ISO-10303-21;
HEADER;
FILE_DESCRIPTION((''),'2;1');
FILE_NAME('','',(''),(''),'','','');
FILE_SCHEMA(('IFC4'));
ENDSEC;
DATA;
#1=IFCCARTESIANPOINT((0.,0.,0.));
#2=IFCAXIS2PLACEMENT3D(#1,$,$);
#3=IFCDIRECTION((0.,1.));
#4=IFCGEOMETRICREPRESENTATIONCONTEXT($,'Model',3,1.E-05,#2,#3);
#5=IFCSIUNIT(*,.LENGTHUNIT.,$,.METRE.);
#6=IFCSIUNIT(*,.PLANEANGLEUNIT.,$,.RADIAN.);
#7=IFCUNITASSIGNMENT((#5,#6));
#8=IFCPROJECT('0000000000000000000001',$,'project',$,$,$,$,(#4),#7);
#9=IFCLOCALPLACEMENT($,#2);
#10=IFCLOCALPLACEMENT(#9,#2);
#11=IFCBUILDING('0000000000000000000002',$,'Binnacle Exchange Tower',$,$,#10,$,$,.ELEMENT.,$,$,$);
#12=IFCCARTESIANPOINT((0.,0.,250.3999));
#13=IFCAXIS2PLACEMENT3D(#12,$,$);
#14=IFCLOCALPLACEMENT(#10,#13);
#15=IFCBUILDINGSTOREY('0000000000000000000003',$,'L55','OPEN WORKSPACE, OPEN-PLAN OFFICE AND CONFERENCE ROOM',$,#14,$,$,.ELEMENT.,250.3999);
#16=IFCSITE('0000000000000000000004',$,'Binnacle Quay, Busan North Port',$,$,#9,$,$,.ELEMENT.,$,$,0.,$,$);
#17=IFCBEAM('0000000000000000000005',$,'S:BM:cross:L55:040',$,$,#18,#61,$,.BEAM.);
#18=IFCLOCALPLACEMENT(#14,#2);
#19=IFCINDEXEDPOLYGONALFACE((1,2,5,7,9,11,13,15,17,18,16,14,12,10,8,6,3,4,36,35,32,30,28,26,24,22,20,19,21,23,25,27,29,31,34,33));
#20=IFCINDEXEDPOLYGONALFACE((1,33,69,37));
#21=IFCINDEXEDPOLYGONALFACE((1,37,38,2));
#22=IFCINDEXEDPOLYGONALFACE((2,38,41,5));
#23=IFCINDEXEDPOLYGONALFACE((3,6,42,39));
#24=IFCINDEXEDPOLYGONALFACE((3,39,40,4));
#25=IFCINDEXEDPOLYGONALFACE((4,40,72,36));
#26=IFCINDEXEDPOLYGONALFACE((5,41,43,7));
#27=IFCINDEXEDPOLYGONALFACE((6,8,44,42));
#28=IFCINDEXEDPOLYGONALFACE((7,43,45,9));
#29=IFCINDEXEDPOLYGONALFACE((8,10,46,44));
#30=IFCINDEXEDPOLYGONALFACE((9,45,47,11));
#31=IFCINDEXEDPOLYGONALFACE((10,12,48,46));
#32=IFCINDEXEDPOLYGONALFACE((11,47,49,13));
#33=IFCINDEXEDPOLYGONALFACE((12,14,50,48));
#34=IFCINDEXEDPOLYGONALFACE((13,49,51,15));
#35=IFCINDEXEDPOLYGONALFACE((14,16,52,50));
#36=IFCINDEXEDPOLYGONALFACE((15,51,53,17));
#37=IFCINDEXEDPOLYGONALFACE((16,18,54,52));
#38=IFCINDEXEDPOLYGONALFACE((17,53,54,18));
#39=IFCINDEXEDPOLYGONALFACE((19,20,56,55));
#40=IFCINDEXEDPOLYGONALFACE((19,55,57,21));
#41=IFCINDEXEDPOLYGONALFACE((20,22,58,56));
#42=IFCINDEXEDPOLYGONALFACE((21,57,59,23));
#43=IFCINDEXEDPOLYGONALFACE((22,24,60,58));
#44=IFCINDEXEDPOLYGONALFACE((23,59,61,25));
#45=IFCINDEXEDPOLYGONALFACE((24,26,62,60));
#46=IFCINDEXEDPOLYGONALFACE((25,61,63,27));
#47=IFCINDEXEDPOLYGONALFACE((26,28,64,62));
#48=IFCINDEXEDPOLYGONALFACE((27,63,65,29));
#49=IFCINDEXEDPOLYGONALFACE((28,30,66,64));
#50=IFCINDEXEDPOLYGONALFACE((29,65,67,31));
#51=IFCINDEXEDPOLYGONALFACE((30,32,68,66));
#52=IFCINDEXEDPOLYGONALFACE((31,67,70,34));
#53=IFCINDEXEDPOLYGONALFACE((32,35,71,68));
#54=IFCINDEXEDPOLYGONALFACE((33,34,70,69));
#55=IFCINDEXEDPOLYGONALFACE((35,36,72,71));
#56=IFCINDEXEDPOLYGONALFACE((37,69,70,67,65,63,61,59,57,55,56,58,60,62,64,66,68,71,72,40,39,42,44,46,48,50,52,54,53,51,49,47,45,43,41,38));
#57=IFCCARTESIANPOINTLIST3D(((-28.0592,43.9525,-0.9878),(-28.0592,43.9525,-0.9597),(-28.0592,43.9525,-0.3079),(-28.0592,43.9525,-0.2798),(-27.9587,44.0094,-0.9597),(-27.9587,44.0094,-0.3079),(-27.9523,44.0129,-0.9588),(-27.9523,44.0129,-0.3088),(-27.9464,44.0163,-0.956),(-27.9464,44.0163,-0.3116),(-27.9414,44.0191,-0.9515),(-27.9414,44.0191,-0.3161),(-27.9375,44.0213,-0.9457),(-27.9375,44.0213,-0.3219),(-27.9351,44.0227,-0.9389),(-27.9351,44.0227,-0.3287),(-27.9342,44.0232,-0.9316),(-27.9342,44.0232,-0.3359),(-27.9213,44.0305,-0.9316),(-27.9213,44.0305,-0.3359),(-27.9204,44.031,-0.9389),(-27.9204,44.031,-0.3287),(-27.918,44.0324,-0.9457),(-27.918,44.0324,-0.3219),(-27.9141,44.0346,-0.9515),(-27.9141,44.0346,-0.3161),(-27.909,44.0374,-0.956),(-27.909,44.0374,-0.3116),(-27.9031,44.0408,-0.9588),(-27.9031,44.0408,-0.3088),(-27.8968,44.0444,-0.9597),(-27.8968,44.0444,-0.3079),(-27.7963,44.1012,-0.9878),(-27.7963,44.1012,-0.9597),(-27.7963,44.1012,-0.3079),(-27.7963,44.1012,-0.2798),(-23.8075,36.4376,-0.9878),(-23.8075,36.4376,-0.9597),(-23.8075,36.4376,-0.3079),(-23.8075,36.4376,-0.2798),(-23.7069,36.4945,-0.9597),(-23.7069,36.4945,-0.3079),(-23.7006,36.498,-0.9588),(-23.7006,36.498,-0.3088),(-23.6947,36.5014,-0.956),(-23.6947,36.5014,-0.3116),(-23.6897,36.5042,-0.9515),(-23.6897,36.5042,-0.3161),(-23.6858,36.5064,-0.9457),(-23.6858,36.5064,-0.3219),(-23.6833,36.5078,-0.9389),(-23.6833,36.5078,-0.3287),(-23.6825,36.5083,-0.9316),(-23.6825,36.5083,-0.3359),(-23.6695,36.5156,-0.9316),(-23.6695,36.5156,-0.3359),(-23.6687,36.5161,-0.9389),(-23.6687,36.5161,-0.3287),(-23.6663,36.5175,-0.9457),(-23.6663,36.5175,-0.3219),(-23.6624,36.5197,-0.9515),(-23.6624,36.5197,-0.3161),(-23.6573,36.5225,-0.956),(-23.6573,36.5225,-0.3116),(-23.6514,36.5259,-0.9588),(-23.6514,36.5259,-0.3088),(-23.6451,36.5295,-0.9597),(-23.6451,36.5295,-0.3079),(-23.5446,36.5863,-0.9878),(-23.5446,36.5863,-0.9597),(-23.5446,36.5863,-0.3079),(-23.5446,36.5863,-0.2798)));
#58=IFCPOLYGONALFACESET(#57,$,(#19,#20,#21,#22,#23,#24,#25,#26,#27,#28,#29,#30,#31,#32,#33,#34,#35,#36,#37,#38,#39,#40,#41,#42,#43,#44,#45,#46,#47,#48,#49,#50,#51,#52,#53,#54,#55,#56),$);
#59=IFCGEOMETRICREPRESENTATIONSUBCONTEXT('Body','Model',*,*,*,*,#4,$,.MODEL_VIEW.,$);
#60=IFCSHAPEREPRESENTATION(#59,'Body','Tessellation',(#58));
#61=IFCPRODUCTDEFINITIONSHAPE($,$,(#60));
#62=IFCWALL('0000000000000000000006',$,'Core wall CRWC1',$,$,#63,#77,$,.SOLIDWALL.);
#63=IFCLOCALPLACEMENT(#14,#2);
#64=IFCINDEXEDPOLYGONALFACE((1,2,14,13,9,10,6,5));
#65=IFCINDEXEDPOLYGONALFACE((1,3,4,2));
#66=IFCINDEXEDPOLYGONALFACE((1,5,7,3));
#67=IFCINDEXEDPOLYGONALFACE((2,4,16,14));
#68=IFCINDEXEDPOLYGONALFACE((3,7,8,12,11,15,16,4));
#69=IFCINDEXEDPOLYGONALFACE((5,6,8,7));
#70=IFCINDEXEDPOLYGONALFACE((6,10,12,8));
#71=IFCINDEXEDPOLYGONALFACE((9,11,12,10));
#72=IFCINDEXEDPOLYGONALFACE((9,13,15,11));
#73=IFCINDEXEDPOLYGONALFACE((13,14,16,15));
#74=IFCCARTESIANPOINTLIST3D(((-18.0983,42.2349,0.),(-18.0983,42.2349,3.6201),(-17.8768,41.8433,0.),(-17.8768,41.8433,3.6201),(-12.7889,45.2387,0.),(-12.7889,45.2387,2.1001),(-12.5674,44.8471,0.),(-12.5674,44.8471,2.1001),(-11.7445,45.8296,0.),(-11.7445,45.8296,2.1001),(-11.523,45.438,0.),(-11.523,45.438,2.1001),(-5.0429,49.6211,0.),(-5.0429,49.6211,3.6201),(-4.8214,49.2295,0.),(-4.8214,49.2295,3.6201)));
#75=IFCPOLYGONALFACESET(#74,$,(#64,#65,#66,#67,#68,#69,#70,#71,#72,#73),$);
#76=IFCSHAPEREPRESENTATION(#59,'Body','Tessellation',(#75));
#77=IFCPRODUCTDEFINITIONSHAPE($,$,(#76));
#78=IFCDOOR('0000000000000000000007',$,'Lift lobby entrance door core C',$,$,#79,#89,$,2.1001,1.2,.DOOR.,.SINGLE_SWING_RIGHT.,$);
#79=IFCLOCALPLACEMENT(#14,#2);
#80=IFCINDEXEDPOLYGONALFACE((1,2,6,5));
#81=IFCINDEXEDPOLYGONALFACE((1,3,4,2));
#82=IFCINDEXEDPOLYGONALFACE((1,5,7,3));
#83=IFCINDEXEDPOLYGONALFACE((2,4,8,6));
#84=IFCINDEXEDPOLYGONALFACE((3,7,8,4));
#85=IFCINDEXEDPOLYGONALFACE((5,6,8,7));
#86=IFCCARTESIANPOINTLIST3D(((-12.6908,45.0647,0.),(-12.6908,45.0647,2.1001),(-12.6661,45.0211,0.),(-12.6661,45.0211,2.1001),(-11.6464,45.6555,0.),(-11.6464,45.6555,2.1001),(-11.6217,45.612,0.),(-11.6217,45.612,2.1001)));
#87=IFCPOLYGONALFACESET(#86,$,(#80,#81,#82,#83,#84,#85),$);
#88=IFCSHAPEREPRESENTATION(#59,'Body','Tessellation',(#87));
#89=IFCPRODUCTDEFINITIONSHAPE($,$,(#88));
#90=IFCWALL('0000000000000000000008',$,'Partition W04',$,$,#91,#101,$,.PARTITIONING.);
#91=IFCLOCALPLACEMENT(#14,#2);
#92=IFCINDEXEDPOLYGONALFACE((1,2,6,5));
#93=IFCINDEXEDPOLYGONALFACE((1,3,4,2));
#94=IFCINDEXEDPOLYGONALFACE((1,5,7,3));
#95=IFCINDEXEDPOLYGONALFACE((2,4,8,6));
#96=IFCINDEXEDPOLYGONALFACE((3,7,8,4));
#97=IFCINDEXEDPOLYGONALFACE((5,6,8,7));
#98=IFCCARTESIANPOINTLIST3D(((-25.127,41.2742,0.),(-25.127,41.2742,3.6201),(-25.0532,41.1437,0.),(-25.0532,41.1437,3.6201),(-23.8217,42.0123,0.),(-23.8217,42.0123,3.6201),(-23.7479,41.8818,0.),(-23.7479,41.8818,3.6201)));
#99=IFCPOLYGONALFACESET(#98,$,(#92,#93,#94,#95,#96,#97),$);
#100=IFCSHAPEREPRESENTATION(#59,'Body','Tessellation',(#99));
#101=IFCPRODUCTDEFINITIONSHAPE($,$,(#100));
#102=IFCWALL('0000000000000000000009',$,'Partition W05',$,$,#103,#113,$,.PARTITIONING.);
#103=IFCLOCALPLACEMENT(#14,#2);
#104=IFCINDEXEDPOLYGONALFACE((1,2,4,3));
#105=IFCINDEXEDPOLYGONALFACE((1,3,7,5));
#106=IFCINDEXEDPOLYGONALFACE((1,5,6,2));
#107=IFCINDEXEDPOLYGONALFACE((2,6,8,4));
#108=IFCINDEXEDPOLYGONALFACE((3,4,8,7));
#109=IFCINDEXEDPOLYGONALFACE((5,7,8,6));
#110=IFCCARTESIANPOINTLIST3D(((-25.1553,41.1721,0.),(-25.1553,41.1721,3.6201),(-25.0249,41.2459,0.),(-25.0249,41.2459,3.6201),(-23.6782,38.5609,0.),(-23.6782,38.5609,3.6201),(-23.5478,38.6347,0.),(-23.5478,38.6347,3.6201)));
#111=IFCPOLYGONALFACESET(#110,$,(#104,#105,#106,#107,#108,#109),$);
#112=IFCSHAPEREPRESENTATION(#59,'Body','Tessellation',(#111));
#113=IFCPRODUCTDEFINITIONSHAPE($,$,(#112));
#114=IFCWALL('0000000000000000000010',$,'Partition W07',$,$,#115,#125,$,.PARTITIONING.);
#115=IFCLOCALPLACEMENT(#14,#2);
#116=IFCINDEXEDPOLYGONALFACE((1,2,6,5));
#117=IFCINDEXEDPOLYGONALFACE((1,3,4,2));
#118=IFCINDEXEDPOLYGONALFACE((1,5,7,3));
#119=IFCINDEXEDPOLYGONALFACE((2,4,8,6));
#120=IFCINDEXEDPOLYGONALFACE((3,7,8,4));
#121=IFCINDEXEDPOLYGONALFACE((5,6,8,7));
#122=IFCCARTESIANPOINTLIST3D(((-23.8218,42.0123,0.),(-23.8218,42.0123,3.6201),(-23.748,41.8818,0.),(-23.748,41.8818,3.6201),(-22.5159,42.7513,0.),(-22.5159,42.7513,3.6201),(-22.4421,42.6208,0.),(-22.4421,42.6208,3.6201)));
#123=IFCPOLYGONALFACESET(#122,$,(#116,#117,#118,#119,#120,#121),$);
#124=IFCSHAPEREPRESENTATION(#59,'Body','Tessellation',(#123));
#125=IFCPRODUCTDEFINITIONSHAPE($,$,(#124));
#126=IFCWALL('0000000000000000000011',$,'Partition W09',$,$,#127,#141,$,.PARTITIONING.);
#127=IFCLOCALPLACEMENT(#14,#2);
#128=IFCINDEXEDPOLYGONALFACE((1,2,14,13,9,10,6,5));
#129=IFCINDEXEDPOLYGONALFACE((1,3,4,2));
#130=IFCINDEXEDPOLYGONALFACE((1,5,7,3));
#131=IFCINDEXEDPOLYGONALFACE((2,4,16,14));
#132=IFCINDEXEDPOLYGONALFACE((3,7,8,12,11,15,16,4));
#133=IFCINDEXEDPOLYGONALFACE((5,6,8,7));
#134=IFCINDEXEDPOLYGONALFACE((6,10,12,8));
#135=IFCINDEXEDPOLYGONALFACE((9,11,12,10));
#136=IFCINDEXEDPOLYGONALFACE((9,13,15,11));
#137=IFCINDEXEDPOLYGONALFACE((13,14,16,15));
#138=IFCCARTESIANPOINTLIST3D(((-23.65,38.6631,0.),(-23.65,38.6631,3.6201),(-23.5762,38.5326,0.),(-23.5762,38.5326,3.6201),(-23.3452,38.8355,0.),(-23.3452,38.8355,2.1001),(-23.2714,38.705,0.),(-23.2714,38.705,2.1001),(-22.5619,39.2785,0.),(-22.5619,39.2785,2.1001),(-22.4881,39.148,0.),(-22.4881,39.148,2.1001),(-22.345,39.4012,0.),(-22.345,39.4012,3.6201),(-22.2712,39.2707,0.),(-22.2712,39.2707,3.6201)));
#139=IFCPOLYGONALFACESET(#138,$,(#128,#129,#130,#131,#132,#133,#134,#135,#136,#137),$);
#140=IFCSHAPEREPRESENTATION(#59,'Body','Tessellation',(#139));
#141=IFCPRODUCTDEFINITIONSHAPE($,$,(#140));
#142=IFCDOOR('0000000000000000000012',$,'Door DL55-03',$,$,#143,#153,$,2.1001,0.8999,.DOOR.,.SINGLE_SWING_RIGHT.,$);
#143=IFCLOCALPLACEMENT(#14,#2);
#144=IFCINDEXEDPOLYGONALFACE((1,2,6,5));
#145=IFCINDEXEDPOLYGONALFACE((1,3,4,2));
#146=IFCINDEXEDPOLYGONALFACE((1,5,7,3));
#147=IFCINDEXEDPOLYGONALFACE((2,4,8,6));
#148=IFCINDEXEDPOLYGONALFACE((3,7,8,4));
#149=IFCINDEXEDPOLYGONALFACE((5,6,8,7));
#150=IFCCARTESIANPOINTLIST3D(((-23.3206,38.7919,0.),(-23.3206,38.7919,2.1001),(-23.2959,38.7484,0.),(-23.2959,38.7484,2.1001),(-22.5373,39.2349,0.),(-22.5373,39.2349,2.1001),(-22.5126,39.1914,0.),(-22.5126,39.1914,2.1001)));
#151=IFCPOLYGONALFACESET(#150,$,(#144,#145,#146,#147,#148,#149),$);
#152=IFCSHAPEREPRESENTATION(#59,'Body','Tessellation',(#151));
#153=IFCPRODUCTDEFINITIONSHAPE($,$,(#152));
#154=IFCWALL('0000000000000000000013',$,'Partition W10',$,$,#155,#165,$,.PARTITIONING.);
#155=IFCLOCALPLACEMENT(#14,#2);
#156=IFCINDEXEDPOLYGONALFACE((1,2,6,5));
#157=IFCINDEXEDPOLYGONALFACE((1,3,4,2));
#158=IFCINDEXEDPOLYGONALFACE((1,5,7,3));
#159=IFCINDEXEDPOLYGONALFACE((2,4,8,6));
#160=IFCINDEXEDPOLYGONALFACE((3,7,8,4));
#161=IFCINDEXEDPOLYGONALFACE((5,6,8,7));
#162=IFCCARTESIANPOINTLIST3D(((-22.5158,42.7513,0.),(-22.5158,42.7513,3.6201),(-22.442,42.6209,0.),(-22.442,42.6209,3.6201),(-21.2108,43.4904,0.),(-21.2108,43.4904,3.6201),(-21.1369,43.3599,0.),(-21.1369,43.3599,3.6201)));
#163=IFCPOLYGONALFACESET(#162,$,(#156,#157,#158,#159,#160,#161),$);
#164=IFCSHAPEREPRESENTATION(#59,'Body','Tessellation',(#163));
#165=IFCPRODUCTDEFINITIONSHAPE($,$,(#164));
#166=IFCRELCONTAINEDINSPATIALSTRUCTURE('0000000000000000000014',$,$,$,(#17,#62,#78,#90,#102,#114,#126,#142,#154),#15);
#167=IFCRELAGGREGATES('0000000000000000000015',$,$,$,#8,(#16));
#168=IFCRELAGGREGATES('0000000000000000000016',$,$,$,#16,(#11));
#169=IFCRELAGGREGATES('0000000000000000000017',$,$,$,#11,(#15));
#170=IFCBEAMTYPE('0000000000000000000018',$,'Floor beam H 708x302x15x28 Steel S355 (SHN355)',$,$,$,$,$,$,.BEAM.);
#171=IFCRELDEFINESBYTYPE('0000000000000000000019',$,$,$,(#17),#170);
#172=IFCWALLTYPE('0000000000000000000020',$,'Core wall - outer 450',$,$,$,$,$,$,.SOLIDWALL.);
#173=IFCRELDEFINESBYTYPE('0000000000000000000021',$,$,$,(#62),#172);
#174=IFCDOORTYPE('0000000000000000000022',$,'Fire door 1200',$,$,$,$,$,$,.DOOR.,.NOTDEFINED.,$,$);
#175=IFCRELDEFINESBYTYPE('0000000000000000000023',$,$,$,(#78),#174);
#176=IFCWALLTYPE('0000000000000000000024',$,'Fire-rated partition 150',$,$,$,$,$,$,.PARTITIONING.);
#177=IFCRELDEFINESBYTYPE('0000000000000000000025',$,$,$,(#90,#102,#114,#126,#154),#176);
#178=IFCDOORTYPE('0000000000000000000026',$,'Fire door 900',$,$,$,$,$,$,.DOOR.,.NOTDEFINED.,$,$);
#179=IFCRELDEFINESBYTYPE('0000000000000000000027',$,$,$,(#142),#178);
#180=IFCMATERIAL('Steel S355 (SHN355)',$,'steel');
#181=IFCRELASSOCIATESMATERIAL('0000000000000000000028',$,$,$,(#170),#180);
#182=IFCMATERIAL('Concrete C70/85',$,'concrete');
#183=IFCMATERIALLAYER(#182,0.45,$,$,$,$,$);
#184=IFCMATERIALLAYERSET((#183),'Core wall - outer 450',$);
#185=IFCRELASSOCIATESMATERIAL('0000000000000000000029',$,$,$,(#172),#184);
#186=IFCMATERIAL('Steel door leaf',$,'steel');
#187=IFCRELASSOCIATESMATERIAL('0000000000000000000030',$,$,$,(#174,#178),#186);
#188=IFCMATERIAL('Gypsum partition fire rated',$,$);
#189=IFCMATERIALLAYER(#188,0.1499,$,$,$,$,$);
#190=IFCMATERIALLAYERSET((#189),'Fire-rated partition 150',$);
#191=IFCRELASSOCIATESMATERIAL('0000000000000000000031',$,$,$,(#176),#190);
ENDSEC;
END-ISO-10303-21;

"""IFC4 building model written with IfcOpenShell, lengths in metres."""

from ifc_helpers import new_model, si_unit, direction, frame, frame_2d, origin, origin_2d, place, context, subcontext, project, spatial, rectangle, i_section, extrude, material, layer, layer_set, material_profile, profile_set, type_object, element, fill, save


model = new_model("IFC4")

# Units and contexts
model_context = context("Model", 3, precision=1e-05, world=origin(), true_north=direction((0.0, 1.0)))
body_context = subcontext(model_context, "Body", "Model", "MODEL_VIEW")
ifc_project = project(units=[si_unit("LENGTHUNIT", "METRE"), si_unit("PLANEANGLEUNIT", "RADIAN")], contexts=[model_context])

# Site, building, storey
site_placement = place(None, origin())
site = spatial("IfcSite", under=ifc_project, at=site_placement, Name="Binnacle Quay, Busan North Port", CompositionType="ELEMENT", RefElevation=0.0)
building_placement = place(site_placement, origin())
building = spatial("IfcBuilding", under=site, at=building_placement, Name="Binnacle Exchange Tower", CompositionType="ELEMENT")
storey_placement = place(building_placement, frame((0.0, 0.0, 250.3999)))
storey = spatial("IfcBuildingStorey", under=building, at=storey_placement, Name="L55", Description="OPEN WORKSPACE, OPEN-PLAN OFFICE AND CONFERENCE ROOM", CompositionType="ELEMENT", Elevation=250.3999)

# Beam
ifc_material_1 = material(Name="Steel S355 (SHN355)", Category="steel")
ifc_material_profile_1 = material_profile(ifc_material_1, i_section(OverallWidth=0.302, OverallDepth=0.708, WebThickness=0.0149, FlangeThickness=0.0281, FilletRadius=0.0281, at=origin_2d()), Name="H 708x302x15x28")
ifc_profile_set_1 = profile_set([ifc_material_profile_1], Name="Steel S355 (SHN355)")
beam_type_1 = type_object("IfcBeamType", Name="Floor beam H 708x302x15x28 Steel S355 (SHN355)", PredefinedType="BEAM", material=ifc_profile_set_1)
beam_1_placement = place(storey_placement, frame((-23.676, 36.512, -0.6338), z_axis=(-0.492422, 0.870356, 0.0), x_axis=(-0.870356, -0.492422, 0.0)))
element("IfcBeam", 1, at=beam_1_placement, inside=storey, type_object=beam_type_1, Name="S:BM:cross:L55:040", PredefinedType="BEAM", context=body_context, shape_type="SweptSolid", body=[
    extrude(i_section(OverallWidth=0.302, OverallDepth=0.708, WebThickness=0.0149, FlangeThickness=0.0281, FilletRadius=0.0281, at=origin_2d()), origin(), (0.0, 0.0, 1.0), 8.6343),
])

# Wall, opening, door
ifc_material_2 = material(Name="Concrete C70/85", Category="concrete")
ifc_layer_1 = layer(ifc_material_2, 0.45)
ifc_layer_set_1 = layer_set([ifc_layer_1], Name="Core wall - outer 450")
wall_type_1 = type_object("IfcWallType", Name="Core wall - outer 450", PredefinedType="SOLIDWALL", material=ifc_layer_set_1)
wall_1_placement = place(storey_placement, frame((-17.9875, 42.0391, 0.0), z_axis=(0.0, 0.0, 1.0), x_axis=(0.870361, 0.492415, 0.0)))
wall_1 = element("IfcWall", 2, at=wall_1_placement, inside=storey, type_object=wall_type_1, Name="Core wall CRWC1", PredefinedType="SOLIDWALL", context=body_context, shape_type="SweptSolid", body=[
    extrude(rectangle(XDim=15.0, YDim=0.45, at=frame_2d((7.5, 0.0))), origin(), (0.0, 0.0, 1.0), 3.6201),
])
opening_1_placement = place(wall_1_placement, frame((6.1001, 0.0, 0.0)))
opening_1 = element("IfcOpeningElement", 3, at=opening_1_placement, cuts=wall_1, PredefinedType="OPENING", context=body_context, shape_type="SweptSolid", body=[
    extrude(rectangle(XDim=1.2, YDim=2.1001, at=frame_2d((0.6001, 1.05))), frame((0.0, 0.2349, 0.0), z_axis=(0.0, -1.0, 0.0), x_axis=(1.0, 0.0, 0.0)), (0.0, 0.0, 1.0), 0.47),
])
ifc_material_3 = material(Name="Steel door leaf", Category="steel")
door_type_1 = type_object("IfcDoorType", Name="Fire door 1200", OperationType="NOTDEFINED", PredefinedType="DOOR", material=ifc_material_3)
door_1_placement = place(opening_1_placement, frame((1.2, 0.0, 0.0), z_axis=(0.0, 0.0, 1.0), x_axis=(-1.0, 0.0, 0.0)))
door_1 = element("IfcDoor", 4, at=door_1_placement, inside=storey, type_object=door_type_1, Name="Lift lobby entrance door core C", OperationType="SINGLE_SWING_RIGHT", OverallHeight=2.1001, OverallWidth=1.2, PredefinedType="DOOR", context=body_context, shape_type="SweptSolid", body=[
    extrude(rectangle(XDim=1.2, YDim=2.1001, at=frame_2d((0.6001, 1.05))), frame((0.0, 0.0249, 0.0), z_axis=(0.0, -1.0, 0.0), x_axis=(1.0, 0.0, 0.0)), (0.0, 0.0, 1.0), 0.05),
])
fill(opening_1, door_1)

# Walls
ifc_material_4 = material(Name="Gypsum partition fire rated")
ifc_layer_2 = layer(ifc_material_4, 0.1499)
ifc_layer_set_2 = layer_set([ifc_layer_2], Name="Fire-rated partition 150")
wall_type_2 = type_object("IfcWallType", Name="Fire-rated partition 150", PredefinedType="PARTITIONING", material=ifc_layer_set_2)
wall_2_placement = place(storey_placement, frame((-25.0901, 41.209, 0.0), z_axis=(0.0, 0.0, 1.0), x_axis=(0.870469, 0.492224, 0.0)))
element("IfcWall", 5, at=wall_2_placement, inside=storey, type_object=wall_type_2, Name="Partition W04", PredefinedType="PARTITIONING", context=body_context, shape_type="SweptSolid", body=[
    extrude(rectangle(XDim=1.4995, YDim=0.1499, at=frame_2d((0.7498, 0.0))), origin(), (0.0, 0.0, 1.0), 3.6201),
])
wall_3_placement = place(storey_placement, frame((-25.0901, 41.209, 0.0), z_axis=(0.0, 0.0, 1.0), x_axis=(0.492366, -0.870388, 0.0)))
element("IfcWall", 6, at=wall_3_placement, inside=storey, type_object=wall_type_2, Name="Partition W05", PredefinedType="PARTITIONING", context=body_context, shape_type="SweptSolid", body=[
    extrude(rectangle(XDim=3.0, YDim=0.1499, at=frame_2d((1.5, 0.0))), origin(), (0.0, 0.0, 1.0), 3.6201),
])
wall_4_placement = place(storey_placement, frame((-23.7849, 41.947, 0.0), z_axis=(0.0, 0.0, 1.0), x_axis=(0.870308, 0.492508, 0.0)))
element("IfcWall", 7, at=wall_4_placement, inside=storey, type_object=wall_type_2, Name="Partition W07", PredefinedType="PARTITIONING", context=body_context, shape_type="SweptSolid", body=[
    extrude(rectangle(XDim=1.5005, YDim=0.1499, at=frame_2d((0.7502, 0.0))), origin(), (0.0, 0.0, 1.0), 3.6201),
])

# Wall, opening, door
wall_5_placement = place(storey_placement, frame((-23.613, 38.5979, 0.0), z_axis=(0.0, 0.0, 1.0), x_axis=(0.870429, 0.492293, 0.0)))
wall_5 = element("IfcWall", 8, at=wall_5_placement, inside=storey, type_object=wall_type_2, Name="Partition W09", PredefinedType="PARTITIONING", context=body_context, shape_type="SweptSolid", body=[
    extrude(rectangle(XDim=1.4993, YDim=0.1499, at=frame_2d((0.7495, 0.0))), origin(), (0.0, 0.0, 1.0), 3.6201),
])
opening_2_placement = place(wall_5_placement, frame((0.3501, 0.0, 0.0)))
opening_2 = element("IfcOpeningElement", 9, at=opening_2_placement, cuts=wall_5, PredefinedType="OPENING", context=body_context, shape_type="SweptSolid", body=[
    extrude(rectangle(XDim=0.8999, YDim=2.1001, at=frame_2d((0.45, 1.05))), frame((0.0, 0.085, 0.0), z_axis=(0.0, -1.0, 0.0), x_axis=(1.0, 0.0, 0.0)), (0.0, 0.0, 1.0), 0.1699),
])
door_type_2 = type_object("IfcDoorType", Name="Fire door 900", OperationType="NOTDEFINED", PredefinedType="DOOR", material=ifc_material_3)
door_2_placement = place(opening_2_placement, origin())
door_2 = element("IfcDoor", 10, at=door_2_placement, inside=storey, type_object=door_type_2, Name="Door DL55-03", OperationType="SINGLE_SWING_RIGHT", OverallHeight=2.1001, OverallWidth=0.8999, PredefinedType="DOOR", context=body_context, shape_type="SweptSolid", body=[
    extrude(rectangle(XDim=0.8999, YDim=2.1001, at=frame_2d((0.45, 1.05))), frame((0.0, 0.0249, 0.0), z_axis=(0.0, -1.0, 0.0), x_axis=(1.0, 0.0, 0.0)), (0.0, 0.0, 1.0), 0.05),
])
fill(opening_2, door_2)

# Wall
wall_6_placement = place(storey_placement, frame((-22.479, 42.686, 0.0), z_axis=(0.0, 0.0, 1.0), x_axis=(0.87015, 0.492787, 0.0)))
element("IfcWall", 11, at=wall_6_placement, inside=storey, type_object=wall_type_2, Name="Partition W10", PredefinedType="PARTITIONING", context=body_context, shape_type="SweptSolid", body=[
    extrude(rectangle(XDim=1.4998, YDim=0.1499, at=frame_2d((0.75, 0.0))), origin(), (0.0, 0.0, 1.0), 3.6201),
])

save(model, "model.ifc")
